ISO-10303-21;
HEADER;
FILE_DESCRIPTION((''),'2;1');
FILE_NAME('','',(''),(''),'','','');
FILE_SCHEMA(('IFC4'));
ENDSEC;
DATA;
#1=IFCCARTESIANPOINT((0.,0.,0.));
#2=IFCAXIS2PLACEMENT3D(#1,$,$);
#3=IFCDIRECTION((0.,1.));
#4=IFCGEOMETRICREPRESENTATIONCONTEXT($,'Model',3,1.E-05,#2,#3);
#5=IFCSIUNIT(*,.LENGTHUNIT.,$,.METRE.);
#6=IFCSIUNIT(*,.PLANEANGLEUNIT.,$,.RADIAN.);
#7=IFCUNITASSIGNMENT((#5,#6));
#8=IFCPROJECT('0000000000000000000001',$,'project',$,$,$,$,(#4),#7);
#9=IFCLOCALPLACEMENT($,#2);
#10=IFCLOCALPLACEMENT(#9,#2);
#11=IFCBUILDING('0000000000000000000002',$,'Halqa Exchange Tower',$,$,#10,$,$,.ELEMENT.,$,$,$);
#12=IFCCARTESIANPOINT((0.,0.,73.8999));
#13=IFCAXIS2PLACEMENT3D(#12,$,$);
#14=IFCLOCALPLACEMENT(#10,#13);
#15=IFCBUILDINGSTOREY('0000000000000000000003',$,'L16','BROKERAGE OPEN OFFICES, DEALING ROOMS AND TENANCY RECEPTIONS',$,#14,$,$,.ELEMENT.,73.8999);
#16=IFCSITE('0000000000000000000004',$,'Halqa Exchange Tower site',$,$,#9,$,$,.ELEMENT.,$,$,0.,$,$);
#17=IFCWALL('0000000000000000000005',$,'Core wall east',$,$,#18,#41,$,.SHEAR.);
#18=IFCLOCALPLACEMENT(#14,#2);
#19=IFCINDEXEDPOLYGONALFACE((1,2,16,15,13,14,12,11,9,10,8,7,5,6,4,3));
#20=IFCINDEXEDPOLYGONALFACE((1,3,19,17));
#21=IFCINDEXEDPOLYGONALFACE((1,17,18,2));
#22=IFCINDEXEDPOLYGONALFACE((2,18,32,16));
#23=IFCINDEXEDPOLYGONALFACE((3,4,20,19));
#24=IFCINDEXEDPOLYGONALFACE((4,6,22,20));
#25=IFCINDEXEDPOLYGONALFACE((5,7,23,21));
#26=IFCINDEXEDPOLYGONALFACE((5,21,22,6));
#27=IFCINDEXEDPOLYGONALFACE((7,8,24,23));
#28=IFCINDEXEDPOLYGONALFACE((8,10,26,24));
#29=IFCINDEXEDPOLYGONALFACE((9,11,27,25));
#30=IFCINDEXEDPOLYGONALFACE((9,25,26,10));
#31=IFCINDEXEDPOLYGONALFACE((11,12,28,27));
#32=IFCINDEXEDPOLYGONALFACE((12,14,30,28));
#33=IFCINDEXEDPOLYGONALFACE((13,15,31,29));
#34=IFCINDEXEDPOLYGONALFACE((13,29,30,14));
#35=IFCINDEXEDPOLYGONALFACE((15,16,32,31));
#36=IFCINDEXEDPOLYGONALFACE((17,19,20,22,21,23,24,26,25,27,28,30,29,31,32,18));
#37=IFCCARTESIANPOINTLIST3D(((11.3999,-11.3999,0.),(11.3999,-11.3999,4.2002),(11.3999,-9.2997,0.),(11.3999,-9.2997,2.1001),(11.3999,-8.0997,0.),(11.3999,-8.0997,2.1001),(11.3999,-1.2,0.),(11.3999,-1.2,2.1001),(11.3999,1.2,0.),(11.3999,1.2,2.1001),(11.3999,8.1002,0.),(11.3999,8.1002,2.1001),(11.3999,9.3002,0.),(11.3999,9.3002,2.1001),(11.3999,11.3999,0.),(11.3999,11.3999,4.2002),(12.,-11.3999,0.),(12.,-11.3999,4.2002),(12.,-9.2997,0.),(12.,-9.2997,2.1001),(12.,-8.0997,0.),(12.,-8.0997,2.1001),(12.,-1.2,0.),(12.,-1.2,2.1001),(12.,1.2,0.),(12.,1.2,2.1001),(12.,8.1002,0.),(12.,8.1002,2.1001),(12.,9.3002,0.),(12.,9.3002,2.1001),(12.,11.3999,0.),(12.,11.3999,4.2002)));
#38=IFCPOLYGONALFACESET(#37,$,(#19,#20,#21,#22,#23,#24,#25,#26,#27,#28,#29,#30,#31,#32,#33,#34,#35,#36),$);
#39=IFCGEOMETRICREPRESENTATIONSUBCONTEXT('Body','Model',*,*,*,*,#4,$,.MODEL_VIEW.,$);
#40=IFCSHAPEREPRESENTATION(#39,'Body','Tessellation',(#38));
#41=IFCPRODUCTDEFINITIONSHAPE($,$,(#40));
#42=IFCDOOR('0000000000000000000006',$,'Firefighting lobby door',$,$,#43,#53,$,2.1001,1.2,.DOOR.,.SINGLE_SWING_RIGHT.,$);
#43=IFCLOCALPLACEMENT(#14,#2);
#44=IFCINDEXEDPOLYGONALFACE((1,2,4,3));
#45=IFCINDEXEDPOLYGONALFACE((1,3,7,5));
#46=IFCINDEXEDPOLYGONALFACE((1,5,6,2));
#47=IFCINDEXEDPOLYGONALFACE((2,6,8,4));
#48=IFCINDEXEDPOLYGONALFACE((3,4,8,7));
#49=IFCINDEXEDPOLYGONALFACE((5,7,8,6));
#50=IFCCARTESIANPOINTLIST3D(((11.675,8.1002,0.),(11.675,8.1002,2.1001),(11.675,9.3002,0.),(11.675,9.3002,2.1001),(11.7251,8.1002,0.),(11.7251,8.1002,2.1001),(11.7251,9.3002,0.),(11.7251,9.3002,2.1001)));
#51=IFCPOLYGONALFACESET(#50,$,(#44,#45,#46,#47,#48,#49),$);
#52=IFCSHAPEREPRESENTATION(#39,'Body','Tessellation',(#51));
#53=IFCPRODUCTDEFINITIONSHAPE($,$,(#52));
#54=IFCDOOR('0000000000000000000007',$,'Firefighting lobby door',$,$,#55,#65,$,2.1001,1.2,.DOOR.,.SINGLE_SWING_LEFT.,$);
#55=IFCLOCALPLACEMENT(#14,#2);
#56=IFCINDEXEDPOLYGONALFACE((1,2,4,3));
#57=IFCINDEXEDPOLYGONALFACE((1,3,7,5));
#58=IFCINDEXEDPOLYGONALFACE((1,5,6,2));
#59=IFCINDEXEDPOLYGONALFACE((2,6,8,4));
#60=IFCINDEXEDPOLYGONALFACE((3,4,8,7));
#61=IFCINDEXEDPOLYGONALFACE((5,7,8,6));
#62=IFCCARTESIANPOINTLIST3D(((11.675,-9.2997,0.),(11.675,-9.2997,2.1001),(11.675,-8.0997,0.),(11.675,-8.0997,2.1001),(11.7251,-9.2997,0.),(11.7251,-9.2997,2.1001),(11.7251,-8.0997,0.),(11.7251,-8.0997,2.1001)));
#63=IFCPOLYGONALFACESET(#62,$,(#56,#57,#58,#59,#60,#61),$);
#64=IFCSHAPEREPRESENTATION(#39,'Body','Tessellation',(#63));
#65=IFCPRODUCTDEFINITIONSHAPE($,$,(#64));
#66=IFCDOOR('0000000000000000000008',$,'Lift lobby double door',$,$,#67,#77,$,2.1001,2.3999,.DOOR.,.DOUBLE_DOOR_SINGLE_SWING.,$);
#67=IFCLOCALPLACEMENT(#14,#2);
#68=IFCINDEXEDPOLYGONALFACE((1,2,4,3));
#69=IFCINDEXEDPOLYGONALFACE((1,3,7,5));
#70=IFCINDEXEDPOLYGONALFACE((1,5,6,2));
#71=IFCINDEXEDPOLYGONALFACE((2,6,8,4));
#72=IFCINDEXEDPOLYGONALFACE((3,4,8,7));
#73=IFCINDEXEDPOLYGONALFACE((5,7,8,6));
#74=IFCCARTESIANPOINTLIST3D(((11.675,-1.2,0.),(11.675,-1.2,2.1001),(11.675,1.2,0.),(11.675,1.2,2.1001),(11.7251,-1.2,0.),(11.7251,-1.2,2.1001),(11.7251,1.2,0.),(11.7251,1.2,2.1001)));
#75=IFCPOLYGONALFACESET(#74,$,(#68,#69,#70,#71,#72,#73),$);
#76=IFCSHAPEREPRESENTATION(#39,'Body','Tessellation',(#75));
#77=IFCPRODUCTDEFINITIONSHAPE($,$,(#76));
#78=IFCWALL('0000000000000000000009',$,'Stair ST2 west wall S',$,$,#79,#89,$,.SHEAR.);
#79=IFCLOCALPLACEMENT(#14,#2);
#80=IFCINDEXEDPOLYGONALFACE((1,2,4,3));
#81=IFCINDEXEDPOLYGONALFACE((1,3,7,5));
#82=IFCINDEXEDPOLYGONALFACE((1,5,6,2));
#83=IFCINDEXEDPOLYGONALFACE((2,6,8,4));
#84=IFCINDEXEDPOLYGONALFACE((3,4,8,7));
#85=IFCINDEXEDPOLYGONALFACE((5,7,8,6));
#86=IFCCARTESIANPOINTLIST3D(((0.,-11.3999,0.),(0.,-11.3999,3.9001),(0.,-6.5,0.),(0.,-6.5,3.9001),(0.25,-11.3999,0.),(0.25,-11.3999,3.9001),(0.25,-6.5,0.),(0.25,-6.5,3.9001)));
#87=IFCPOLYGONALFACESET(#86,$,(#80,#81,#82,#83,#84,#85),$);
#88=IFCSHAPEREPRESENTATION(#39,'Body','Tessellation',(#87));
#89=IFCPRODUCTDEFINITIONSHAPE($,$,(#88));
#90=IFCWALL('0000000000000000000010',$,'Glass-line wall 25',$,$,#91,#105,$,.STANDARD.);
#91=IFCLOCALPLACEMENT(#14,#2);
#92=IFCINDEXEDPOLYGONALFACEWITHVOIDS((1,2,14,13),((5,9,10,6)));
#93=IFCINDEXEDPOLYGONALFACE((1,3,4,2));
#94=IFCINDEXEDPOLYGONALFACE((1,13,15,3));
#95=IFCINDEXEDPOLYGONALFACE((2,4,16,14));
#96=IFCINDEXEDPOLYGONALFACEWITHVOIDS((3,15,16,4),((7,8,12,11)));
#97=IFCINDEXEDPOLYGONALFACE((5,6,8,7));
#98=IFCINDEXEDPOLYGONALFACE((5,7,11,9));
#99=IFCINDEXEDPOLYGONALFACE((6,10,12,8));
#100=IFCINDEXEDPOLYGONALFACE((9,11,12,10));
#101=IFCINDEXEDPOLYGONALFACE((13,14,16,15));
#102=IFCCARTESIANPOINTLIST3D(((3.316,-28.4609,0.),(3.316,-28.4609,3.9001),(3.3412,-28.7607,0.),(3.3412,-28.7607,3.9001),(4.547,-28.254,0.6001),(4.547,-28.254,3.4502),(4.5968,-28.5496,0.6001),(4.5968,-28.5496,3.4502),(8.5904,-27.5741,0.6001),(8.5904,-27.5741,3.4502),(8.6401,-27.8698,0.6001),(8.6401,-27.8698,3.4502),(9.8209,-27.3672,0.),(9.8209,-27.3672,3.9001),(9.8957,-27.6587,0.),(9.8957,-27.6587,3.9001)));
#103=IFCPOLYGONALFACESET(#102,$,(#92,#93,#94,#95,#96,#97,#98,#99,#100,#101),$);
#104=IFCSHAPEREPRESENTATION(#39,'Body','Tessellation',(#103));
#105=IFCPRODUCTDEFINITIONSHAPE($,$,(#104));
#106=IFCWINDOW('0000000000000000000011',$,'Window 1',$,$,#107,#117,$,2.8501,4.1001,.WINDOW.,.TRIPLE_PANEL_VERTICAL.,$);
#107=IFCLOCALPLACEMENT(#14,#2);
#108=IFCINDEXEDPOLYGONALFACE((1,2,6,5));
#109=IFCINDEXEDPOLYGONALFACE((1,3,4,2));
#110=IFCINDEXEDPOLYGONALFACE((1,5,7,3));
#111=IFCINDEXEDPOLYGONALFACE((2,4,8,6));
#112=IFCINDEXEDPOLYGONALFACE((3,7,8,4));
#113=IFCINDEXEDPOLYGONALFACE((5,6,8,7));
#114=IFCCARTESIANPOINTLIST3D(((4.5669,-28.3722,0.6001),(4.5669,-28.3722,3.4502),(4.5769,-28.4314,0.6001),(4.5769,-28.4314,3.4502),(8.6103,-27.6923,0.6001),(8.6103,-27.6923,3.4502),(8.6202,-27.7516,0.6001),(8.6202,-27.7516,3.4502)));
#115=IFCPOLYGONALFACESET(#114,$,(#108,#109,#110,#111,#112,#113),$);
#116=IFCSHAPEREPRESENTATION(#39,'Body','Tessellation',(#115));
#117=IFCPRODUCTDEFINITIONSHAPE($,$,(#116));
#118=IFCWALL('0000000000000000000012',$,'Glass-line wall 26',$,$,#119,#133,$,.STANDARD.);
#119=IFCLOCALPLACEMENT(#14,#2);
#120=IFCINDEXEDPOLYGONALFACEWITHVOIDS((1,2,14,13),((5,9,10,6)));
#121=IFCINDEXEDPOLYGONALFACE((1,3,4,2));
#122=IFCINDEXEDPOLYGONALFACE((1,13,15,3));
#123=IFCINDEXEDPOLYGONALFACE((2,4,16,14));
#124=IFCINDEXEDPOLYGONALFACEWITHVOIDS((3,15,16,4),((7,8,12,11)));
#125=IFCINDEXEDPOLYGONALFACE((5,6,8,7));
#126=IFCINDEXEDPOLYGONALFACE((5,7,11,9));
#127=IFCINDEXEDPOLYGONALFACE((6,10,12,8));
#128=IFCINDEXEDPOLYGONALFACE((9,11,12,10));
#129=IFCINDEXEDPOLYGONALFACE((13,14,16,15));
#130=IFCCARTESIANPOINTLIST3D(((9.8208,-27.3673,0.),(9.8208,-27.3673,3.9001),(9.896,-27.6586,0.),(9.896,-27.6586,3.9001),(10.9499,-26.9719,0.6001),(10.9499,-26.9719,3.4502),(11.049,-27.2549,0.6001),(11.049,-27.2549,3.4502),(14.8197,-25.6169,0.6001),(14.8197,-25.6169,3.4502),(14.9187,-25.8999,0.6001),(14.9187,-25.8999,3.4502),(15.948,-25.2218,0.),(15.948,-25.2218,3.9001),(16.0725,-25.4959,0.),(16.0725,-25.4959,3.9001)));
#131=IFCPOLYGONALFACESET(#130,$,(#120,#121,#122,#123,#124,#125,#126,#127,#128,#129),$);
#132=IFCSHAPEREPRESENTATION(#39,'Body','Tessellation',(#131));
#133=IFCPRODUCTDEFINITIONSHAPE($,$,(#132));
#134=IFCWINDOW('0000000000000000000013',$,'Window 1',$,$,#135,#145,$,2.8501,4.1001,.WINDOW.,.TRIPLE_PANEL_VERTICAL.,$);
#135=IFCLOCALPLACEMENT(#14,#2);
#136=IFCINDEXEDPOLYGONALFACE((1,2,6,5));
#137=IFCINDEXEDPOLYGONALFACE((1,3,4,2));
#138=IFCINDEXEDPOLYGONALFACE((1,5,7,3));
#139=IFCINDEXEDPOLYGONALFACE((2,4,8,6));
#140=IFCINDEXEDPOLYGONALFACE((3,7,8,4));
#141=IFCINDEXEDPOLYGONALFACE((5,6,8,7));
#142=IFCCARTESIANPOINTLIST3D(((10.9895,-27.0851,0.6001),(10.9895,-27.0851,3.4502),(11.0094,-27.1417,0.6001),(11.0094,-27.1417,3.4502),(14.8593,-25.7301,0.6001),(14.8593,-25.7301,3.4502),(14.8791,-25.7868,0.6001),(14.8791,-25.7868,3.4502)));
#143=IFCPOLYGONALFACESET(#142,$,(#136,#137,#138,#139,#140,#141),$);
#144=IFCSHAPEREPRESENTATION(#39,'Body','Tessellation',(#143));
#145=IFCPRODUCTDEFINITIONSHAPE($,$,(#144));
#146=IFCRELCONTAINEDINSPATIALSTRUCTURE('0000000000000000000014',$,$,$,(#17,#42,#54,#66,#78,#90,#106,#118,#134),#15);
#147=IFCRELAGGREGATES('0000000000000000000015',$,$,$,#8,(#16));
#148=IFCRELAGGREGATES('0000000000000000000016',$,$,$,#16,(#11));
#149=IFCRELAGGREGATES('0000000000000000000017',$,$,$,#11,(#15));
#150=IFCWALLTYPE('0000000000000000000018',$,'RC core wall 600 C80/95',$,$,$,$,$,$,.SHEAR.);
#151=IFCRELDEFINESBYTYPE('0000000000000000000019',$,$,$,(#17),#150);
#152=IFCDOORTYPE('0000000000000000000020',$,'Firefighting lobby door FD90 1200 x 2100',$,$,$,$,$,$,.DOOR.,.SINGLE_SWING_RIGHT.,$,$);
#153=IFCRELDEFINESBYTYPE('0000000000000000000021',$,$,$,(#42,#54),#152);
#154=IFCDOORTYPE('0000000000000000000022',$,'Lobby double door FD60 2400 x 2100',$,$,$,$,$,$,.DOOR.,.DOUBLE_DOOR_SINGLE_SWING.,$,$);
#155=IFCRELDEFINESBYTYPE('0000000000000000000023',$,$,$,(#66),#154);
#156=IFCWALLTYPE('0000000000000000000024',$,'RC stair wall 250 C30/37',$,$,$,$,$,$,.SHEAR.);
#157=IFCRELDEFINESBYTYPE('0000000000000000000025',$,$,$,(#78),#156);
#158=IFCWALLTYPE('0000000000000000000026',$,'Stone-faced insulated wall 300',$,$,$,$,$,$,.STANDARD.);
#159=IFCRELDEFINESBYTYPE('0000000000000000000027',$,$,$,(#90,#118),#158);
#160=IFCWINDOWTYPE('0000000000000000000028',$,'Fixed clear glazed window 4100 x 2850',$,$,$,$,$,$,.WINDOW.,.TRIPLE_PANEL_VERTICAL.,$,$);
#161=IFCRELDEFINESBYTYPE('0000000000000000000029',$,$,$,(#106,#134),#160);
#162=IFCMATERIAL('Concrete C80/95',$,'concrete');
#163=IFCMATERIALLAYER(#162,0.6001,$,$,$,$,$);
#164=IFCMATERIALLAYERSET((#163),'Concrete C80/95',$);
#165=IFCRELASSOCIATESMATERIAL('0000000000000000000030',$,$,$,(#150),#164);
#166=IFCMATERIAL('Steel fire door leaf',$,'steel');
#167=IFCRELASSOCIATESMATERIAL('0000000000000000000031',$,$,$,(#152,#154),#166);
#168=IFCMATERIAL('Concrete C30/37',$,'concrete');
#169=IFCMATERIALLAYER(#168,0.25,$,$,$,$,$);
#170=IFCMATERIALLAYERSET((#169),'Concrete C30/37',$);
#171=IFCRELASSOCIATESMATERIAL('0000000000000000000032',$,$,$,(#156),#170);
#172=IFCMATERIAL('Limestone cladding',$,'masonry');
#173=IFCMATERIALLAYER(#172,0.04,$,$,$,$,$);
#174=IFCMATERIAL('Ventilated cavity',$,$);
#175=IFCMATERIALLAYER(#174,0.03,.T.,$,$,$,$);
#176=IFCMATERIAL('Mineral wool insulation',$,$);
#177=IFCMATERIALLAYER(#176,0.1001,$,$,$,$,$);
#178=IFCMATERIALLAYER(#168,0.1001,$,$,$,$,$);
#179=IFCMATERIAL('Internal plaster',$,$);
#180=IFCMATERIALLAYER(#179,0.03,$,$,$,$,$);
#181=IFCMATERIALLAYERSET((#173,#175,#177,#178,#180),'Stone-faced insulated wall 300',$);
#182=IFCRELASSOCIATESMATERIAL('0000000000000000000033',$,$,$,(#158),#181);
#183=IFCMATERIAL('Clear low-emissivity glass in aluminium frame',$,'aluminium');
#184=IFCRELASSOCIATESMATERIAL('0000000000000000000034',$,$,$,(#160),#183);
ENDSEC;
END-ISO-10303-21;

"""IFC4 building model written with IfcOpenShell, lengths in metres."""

from ifc_helpers import new_model, si_unit, direction, frame, frame_2d, origin, place, context, subcontext, project, spatial, polyline, rectangle, outline, extrude, material, layer, layer_set, type_object, element, fill, save


model = new_model("IFC4")

# Units and contexts
model_context = context("Model", 3, precision=1e-05, world=origin(), true_north=direction((0.0, 1.0)))
body_context = subcontext(model_context, "Body", "Model", "MODEL_VIEW")
ifc_project = project(units=[si_unit("LENGTHUNIT", "METRE"), si_unit("PLANEANGLEUNIT", "RADIAN")], contexts=[model_context])

# Site, building, storey
site_placement = place(None, origin())
site = spatial("IfcSite", under=ifc_project, at=site_placement, Name="Halqa Exchange Tower site", CompositionType="ELEMENT", RefElevation=0.0)
building_placement = place(site_placement, origin())
building = spatial("IfcBuilding", under=site, at=building_placement, Name="Halqa Exchange Tower", CompositionType="ELEMENT")
storey_placement = place(building_placement, frame((0.0, 0.0, 73.8999)))
storey = spatial("IfcBuildingStorey", under=building, at=storey_placement, Name="L16", Description="BROKERAGE OPEN OFFICES, DEALING ROOMS AND TENANCY RECEPTIONS", CompositionType="ELEMENT", Elevation=73.8999)

# Wall, openings, doors
ifc_material_1 = material(Name="Concrete C80/95", Category="concrete")
ifc_layer_1 = layer(ifc_material_1, 0.6001)
ifc_layer_set_1 = layer_set([ifc_layer_1], Name="Concrete C80/95")
wall_type_1 = type_object("IfcWallType", Name="RC core wall 600 C80/95", PredefinedType="SHEAR", material=ifc_layer_set_1)
wall_1_placement = place(storey_placement, frame((11.7, -11.3999, 0.0), z_axis=(0.0, 0.0, 1.0), x_axis=(0.0, 1.0, 0.0)))
wall_1 = element("IfcWall", 1, at=wall_1_placement, inside=storey, type_object=wall_type_1, Name="Core wall east", PredefinedType="SHEAR", context=body_context, shape_type="SweptSolid", body=[
    extrude(rectangle(XDim=22.7998, YDim=0.6001, at=frame_2d((11.3999, 0.0))), origin(), (0.0, 0.0, 1.0), 4.2002),
])
opening_1_placement = place(wall_1_placement, frame((10.2, 0.0, 0.0)))
opening_1 = element("IfcOpeningElement", 2, at=opening_1_placement, cuts=wall_1, PredefinedType="OPENING", context=body_context, shape_type="SweptSolid", body=[
    extrude(rectangle(XDim=2.3999, YDim=2.1001, at=frame_2d((1.2, 1.05))), frame((0.0, 0.312, 0.0), z_axis=(0.0, -1.0, 0.0), x_axis=(1.0, 0.0, 0.0)), (0.0, 0.0, 1.0), 0.624),
])
opening_2_placement = place(wall_1_placement, frame((19.5, 0.0, 0.0)))
opening_2 = element("IfcOpeningElement", 3, at=opening_2_placement, cuts=wall_1, PredefinedType="OPENING", context=body_context, shape_type="SweptSolid", body=[
    extrude(rectangle(XDim=1.2, YDim=2.1001, at=frame_2d((0.6001, 1.05))), frame((0.0, 0.312, 0.0), z_axis=(0.0, -1.0, 0.0), x_axis=(1.0, 0.0, 0.0)), (0.0, 0.0, 1.0), 0.624),
])
opening_3_placement = place(wall_1_placement, frame((2.1001, 0.0, 0.0)))
opening_3 = element("IfcOpeningElement", 4, at=opening_3_placement, cuts=wall_1, PredefinedType="OPENING", context=body_context, shape_type="SweptSolid", body=[
    extrude(rectangle(XDim=1.2, YDim=2.1001, at=frame_2d((0.6001, 1.05))), frame((0.0, 0.312, 0.0), z_axis=(0.0, -1.0, 0.0), x_axis=(1.0, 0.0, 0.0)), (0.0, 0.0, 1.0), 0.624),
])
ifc_material_2 = material(Name="Steel fire door leaf", Category="steel")
door_type_1 = type_object("IfcDoorType", Name="Firefighting lobby door FD90 1200 x 2100", OperationType="SINGLE_SWING_RIGHT", PredefinedType="DOOR", material=ifc_material_2)
door_1_placement = place(opening_2_placement, origin())
door_1 = element("IfcDoor", 5, at=door_1_placement, inside=storey, type_object=door_type_1, Name="Firefighting lobby door", OperationType="SINGLE_SWING_RIGHT", OverallHeight=2.1001, OverallWidth=1.2, PredefinedType="DOOR", context=body_context, shape_type="SweptSolid", body=[
    extrude(rectangle(XDim=1.2, YDim=2.1001, at=frame_2d((0.6001, 1.05))), frame((0.0, 0.0249, 0.0), z_axis=(0.0, -1.0, 0.0), x_axis=(1.0, 0.0, 0.0)), (0.0, 0.0, 1.0), 0.05),
])
fill(opening_2, door_1)
door_2_placement = place(opening_3_placement, origin())
door_2 = element("IfcDoor", 6, at=door_2_placement, inside=storey, type_object=door_type_1, Name="Firefighting lobby door", OperationType="SINGLE_SWING_LEFT", OverallHeight=2.1001, OverallWidth=1.2, PredefinedType="DOOR", context=body_context, shape_type="SweptSolid", body=[
    extrude(rectangle(XDim=1.2, YDim=2.1001, at=frame_2d((0.6001, 1.05))), frame((0.0, 0.0249, 0.0), z_axis=(0.0, -1.0, 0.0), x_axis=(1.0, 0.0, 0.0)), (0.0, 0.0, 1.0), 0.05),
])
fill(opening_3, door_2)
door_type_2 = type_object("IfcDoorType", Name="Lobby double door FD60 2400 x 2100", OperationType="DOUBLE_DOOR_SINGLE_SWING", PredefinedType="DOOR", material=ifc_material_2)
door_3_placement = place(opening_1_placement, origin())
door_3 = element("IfcDoor", 7, at=door_3_placement, inside=storey, type_object=door_type_2, Name="Lift lobby double door", OperationType="DOUBLE_DOOR_SINGLE_SWING", OverallHeight=2.1001, OverallWidth=2.3999, PredefinedType="DOOR", context=body_context, shape_type="SweptSolid", body=[
    extrude(rectangle(XDim=2.3999, YDim=2.1001, at=frame_2d((1.2, 1.05))), frame((0.0, 0.0249, 0.0), z_axis=(0.0, -1.0, 0.0), x_axis=(1.0, 0.0, 0.0)), (0.0, 0.0, 1.0), 0.05),
])
fill(opening_1, door_3)

# Wall
ifc_material_3 = material(Name="Concrete C30/37", Category="concrete")
ifc_layer_2 = layer(ifc_material_3, 0.25)
ifc_layer_set_2 = layer_set([ifc_layer_2], Name="Concrete C30/37")
wall_type_2 = type_object("IfcWallType", Name="RC stair wall 250 C30/37", PredefinedType="SHEAR", material=ifc_layer_set_2)
wall_2_placement = place(storey_placement, frame((0.125, -11.3999, 0.0), z_axis=(0.0, 0.0, 1.0), x_axis=(0.0, 1.0, 0.0)))
element("IfcWall", 8, at=wall_2_placement, inside=storey, type_object=wall_type_2, Name="Stair ST2 west wall S", PredefinedType="SHEAR", context=body_context, shape_type="SweptSolid", body=[
    extrude(rectangle(XDim=4.8999, YDim=0.25, at=frame_2d((2.45, 0.0))), origin(), (0.0, 0.0, 1.0), 3.9001),
])

# Walls, openings, windows
ifc_material_4 = material(Name="Limestone cladding", Category="masonry")
ifc_layer_3 = layer(ifc_material_4, 0.04)
ifc_material_5 = material(Name="Ventilated cavity")
ifc_layer_4 = layer(ifc_material_5, 0.03, ventilated=True)
ifc_material_6 = material(Name="Mineral wool insulation")
ifc_layer_5 = layer(ifc_material_6, 0.1001)
ifc_layer_6 = layer(ifc_material_3, 0.1001)
ifc_material_7 = material(Name="Internal plaster")
ifc_layer_7 = layer(ifc_material_7, 0.03)
ifc_layer_set_3 = layer_set([ifc_layer_3, ifc_layer_4, ifc_layer_5, ifc_layer_6, ifc_layer_7], Name="Stone-faced insulated wall 300")
wall_type_3 = type_object("IfcWallType", Name="Stone-faced insulated wall 300", PredefinedType="STANDARD", material=ifc_layer_set_3)
wall_3_placement = place(storey_placement, frame((3.3286, -28.6108, 0.0), z_axis=(0.0, 0.0, 1.0), x_axis=(0.986158, 0.16581, 0.0)))
wall_3 = element("IfcWall", 9, at=wall_3_placement, inside=storey, type_object=wall_type_3, Name="Glass-line wall 25", PredefinedType="STANDARD", context=body_context, shape_type="SweptSolid", body=[
    extrude(outline(polyline([(-0.0125, -0.1499), (6.634, -0.1499), (6.6086, 0.1499), (0.0125, 0.1499), (-0.0125, -0.1499)])), origin(), (0.0, 0.0, 1.0), 3.9001),
])
opening_4_placement = place(wall_3_placement, frame((1.2607, 0.0, 0.6001)))
opening_4 = element("IfcOpeningElement", 10, at=opening_4_placement, cuts=wall_3, PredefinedType="OPENING", context=body_context, shape_type="SweptSolid", body=[
    extrude(rectangle(XDim=4.1001, YDim=2.8501, at=frame_2d((2.05, 1.425))), frame((0.0, 0.1621, 0.0), z_axis=(0.0, -1.0, 0.0), x_axis=(1.0, 0.0, 0.0)), (0.0, 0.0, 1.0), 0.324),
])
ifc_material_8 = material(Name="Clear low-emissivity glass in aluminium frame", Category="aluminium")
window_type = type_object("IfcWindowType", Name="Fixed clear glazed window 4100 x 2850", PartitioningType="TRIPLE_PANEL_VERTICAL", PredefinedType="WINDOW", material=ifc_material_8)
window_1_placement = place(opening_4_placement, origin())
window_1 = element("IfcWindow", 11, at=window_1_placement, inside=storey, type_object=window_type, Name="Window 1", OverallHeight=2.8501, OverallWidth=4.1001, PartitioningType="TRIPLE_PANEL_VERTICAL", PredefinedType="WINDOW", context=body_context, shape_type="SweptSolid", body=[
    extrude(rectangle(XDim=4.1001, YDim=2.8501, at=frame_2d((2.05, 1.425))), frame((0.0, 0.03, 0.0), z_axis=(0.0, -1.0, 0.0), x_axis=(1.0, 0.0, 0.0)), (0.0, 0.0, 1.0), 0.0601),
])
fill(opening_4, window_1)
wall_4_placement = place(storey_placement, frame((9.8584, -27.5129, 0.0), z_axis=(0.0, 0.0, 1.0), x_axis=(0.943815, 0.330474, 0.0)))
wall_4 = element("IfcWall", 12, at=wall_4_placement, inside=storey, type_object=wall_type_3, Name="Glass-line wall 26", PredefinedType="STANDARD", context=body_context, shape_type="SweptSolid", body=[
    extrude(outline(polyline([(-0.0127, -0.1499), (6.5315, -0.1499), (6.5046, 0.1499), (0.0127, 0.1499), (-0.0127, -0.1499)])), origin(), (0.0, 0.0, 1.0), 3.9001),
])
opening_5_placement = place(wall_4_placement, frame((1.209, 0.0, 0.6001)))
opening_5 = element("IfcOpeningElement", 13, at=opening_5_placement, cuts=wall_4, PredefinedType="OPENING", context=body_context, shape_type="SweptSolid", body=[
    extrude(rectangle(XDim=4.1001, YDim=2.8501, at=frame_2d((2.05, 1.425))), frame((0.0, 0.1621, 0.0), z_axis=(0.0, -1.0, 0.0), x_axis=(1.0, 0.0, 0.0)), (0.0, 0.0, 1.0), 0.324),
])
window_2_placement = place(opening_5_placement, origin())
window_2 = element("IfcWindow", 14, at=window_2_placement, inside=storey, type_object=window_type, Name="Window 1", OverallHeight=2.8501, OverallWidth=4.1001, PartitioningType="TRIPLE_PANEL_VERTICAL", PredefinedType="WINDOW", context=body_context, shape_type="SweptSolid", body=[
    extrude(rectangle(XDim=4.1001, YDim=2.8501, at=frame_2d((2.05, 1.425))), frame((0.0, 0.03, 0.0), z_axis=(0.0, -1.0, 0.0), x_axis=(1.0, 0.0, 0.0)), (0.0, 0.0, 1.0), 0.0601),
])
fill(opening_5, window_2)

save(model, "model.ifc")
